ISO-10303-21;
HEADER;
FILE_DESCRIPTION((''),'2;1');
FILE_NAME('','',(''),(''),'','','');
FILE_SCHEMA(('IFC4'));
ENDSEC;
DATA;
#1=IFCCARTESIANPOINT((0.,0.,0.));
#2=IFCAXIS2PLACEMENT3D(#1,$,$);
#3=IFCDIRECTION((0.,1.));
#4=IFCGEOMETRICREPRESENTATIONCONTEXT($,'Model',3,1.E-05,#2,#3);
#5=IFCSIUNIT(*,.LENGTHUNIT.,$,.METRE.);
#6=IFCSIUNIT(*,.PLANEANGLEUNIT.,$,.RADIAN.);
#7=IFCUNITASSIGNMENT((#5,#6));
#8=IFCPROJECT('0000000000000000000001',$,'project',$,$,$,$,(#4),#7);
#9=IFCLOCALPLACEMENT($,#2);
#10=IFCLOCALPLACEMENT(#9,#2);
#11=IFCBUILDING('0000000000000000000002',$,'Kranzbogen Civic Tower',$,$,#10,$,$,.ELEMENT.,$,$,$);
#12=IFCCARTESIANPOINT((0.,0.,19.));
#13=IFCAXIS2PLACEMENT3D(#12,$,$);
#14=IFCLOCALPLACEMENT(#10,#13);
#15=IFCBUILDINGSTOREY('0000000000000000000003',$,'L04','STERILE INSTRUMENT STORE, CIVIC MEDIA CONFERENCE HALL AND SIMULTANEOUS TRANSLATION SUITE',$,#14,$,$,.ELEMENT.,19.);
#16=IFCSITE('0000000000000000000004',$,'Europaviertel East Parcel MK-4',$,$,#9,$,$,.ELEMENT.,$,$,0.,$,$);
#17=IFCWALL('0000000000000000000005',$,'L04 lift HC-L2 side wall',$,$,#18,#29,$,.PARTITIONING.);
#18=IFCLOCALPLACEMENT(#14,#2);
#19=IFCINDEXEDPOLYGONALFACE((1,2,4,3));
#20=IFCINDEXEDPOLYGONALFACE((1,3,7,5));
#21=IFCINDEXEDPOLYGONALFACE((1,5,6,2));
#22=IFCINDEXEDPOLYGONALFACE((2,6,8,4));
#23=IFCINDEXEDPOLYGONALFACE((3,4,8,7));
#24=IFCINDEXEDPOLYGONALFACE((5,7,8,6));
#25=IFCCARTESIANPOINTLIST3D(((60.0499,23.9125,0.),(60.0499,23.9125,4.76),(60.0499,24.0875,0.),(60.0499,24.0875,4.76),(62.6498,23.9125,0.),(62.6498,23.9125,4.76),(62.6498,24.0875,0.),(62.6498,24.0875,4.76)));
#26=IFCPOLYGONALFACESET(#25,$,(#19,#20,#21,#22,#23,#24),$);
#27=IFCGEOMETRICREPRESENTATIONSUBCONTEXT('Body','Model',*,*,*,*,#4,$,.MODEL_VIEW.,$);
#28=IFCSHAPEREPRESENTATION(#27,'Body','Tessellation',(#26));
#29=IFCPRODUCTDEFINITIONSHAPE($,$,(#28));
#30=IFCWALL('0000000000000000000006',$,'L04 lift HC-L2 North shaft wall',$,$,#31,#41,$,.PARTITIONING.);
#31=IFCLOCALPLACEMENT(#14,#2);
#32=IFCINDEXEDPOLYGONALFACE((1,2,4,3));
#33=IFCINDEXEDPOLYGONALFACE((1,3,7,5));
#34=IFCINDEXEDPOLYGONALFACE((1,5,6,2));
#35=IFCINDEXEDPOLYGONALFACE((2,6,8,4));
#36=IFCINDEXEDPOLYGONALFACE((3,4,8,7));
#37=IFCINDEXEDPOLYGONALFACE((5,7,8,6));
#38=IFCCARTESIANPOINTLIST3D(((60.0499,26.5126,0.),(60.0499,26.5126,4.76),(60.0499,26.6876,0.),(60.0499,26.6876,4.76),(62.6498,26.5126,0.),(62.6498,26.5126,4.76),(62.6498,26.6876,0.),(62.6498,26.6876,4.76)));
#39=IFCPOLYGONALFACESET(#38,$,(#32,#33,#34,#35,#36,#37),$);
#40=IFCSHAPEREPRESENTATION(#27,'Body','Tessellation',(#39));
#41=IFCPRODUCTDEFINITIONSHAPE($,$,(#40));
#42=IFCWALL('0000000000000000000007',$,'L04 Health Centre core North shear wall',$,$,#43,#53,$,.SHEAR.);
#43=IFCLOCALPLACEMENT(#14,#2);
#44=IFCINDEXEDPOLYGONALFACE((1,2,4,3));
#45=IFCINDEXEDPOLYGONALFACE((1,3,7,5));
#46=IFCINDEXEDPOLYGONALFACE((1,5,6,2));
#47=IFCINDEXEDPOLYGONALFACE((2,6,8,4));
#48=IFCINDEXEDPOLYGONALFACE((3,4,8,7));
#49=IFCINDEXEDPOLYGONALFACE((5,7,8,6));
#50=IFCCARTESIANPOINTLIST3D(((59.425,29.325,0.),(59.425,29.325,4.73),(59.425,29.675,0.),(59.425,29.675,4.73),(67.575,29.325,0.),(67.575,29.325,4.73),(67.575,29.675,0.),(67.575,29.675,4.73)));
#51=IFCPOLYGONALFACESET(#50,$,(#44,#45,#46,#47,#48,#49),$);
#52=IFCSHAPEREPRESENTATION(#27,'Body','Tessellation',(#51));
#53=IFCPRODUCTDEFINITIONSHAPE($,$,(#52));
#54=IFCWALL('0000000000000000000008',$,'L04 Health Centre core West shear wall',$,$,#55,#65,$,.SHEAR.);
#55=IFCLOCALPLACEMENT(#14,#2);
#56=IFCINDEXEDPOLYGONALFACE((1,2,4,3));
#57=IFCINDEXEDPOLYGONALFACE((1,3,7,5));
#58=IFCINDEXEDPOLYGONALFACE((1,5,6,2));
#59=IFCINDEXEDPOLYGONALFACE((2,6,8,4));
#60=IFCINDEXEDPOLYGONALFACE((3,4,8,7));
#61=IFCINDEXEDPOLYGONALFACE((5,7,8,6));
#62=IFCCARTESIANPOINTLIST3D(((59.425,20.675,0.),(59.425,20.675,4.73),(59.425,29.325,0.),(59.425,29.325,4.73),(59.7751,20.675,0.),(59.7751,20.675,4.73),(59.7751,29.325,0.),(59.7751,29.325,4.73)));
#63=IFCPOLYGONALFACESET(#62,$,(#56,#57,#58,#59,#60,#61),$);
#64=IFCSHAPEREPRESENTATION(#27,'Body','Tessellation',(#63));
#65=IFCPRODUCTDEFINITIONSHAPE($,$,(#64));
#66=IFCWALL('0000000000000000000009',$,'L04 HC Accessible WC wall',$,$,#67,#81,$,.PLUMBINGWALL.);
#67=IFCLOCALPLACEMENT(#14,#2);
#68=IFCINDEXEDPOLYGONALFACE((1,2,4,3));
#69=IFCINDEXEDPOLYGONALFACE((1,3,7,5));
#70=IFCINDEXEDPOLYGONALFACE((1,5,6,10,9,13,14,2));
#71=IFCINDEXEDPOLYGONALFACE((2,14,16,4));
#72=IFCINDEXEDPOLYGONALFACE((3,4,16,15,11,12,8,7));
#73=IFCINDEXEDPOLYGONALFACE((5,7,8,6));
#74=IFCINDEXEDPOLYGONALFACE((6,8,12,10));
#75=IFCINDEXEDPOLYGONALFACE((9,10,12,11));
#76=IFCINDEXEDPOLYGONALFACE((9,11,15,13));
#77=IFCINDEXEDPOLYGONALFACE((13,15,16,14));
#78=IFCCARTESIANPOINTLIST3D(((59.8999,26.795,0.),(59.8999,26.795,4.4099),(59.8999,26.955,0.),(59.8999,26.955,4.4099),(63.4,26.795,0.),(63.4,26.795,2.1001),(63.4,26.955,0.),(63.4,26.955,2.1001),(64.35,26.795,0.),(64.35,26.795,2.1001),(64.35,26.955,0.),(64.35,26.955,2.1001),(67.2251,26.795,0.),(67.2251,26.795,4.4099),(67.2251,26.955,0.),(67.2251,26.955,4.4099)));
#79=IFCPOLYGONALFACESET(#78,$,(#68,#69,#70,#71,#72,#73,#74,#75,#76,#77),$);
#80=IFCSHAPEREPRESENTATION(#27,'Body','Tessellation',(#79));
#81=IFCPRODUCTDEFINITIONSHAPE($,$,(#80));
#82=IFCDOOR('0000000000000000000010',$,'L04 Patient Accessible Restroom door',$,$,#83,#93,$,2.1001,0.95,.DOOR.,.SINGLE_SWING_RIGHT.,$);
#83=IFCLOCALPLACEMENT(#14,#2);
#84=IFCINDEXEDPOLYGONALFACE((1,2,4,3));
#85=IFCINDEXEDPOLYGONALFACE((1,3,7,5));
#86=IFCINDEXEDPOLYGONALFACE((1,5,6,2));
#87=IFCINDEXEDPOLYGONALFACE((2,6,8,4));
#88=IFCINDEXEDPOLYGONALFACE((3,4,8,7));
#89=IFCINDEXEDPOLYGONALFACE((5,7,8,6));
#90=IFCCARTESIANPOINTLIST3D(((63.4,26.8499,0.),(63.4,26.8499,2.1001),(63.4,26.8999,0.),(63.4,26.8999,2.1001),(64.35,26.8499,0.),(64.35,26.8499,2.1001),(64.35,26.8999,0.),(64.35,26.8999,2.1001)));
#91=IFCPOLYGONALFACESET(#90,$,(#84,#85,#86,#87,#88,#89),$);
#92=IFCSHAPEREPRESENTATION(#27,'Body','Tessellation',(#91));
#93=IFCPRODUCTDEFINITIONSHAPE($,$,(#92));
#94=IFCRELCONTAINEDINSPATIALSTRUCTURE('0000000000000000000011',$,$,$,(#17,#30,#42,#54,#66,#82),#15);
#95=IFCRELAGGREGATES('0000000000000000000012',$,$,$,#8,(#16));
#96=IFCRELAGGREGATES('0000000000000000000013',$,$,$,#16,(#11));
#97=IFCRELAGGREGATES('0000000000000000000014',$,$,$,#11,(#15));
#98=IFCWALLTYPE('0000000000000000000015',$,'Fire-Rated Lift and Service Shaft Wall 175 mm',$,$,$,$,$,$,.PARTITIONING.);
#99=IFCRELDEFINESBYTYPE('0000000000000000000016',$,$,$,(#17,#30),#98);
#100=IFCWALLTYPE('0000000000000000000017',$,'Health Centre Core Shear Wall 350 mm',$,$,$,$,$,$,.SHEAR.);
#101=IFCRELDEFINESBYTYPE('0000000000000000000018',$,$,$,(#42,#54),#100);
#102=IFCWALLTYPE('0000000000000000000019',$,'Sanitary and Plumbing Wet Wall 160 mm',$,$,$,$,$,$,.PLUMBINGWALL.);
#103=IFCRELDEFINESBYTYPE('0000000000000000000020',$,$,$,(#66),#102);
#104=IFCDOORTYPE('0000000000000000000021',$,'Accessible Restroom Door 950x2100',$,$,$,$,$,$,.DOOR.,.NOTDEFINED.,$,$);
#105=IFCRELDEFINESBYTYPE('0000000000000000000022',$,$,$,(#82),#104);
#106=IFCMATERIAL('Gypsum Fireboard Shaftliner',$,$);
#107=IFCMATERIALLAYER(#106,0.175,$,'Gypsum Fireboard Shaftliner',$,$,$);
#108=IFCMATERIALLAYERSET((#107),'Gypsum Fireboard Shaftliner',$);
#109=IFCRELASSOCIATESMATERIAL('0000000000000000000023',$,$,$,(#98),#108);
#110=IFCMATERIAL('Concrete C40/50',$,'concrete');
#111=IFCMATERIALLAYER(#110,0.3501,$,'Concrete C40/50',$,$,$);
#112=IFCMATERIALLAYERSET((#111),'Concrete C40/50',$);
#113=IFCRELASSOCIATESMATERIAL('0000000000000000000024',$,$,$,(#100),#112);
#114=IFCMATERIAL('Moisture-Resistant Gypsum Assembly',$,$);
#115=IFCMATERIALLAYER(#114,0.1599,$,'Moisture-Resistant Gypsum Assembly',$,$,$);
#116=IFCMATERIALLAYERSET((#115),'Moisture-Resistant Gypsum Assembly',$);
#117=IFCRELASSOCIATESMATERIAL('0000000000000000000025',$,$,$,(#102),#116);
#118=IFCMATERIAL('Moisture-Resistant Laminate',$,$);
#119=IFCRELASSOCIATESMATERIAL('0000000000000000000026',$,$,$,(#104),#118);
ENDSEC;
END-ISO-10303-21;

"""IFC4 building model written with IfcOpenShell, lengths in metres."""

from ifc_helpers import new_model, si_unit, direction, frame, frame_2d, origin, place, context, subcontext, project, spatial, rectangle, extrude, material, layer, layer_set, type_object, element, fill, save


model = new_model("IFC4")

# Units and contexts
model_context = context("Model", 3, precision=1e-05, world=origin(), true_north=direction((0.0, 1.0)))
body_context = subcontext(model_context, "Body", "Model", "MODEL_VIEW")
ifc_project = project(units=[si_unit("LENGTHUNIT", "METRE"), si_unit("PLANEANGLEUNIT", "RADIAN")], contexts=[model_context])

# Site, building, storey
site_placement = place(None, origin())
site = spatial("IfcSite", under=ifc_project, at=site_placement, Name="Europaviertel East Parcel MK-4", CompositionType="ELEMENT", RefElevation=0.0)
building_placement = place(site_placement, origin())
building = spatial("IfcBuilding", under=site, at=building_placement, Name="Kranzbogen Civic Tower", CompositionType="ELEMENT")
storey_placement = place(building_placement, frame((0.0, 0.0, 19.0)))
storey = spatial("IfcBuildingStorey", under=building, at=storey_placement, Name="L04", Description="STERILE INSTRUMENT STORE, CIVIC MEDIA CONFERENCE HALL AND SIMULTANEOUS TRANSLATION SUITE", CompositionType="ELEMENT", Elevation=19.0)

# Shared definitions
ifc_material_1 = material(Name="Concrete C40/50", Category="concrete")

# Shared definitions
ifc_material_2 = material(Name="Gypsum Fireboard Shaftliner")
ifc_layer_1 = layer(ifc_material_2, 0.175, Name="Gypsum Fireboard Shaftliner")
ifc_layer_set_1 = layer_set([ifc_layer_1], Name="Gypsum Fireboard Shaftliner")
wall_type_1 = type_object("IfcWallType", Name="Fire-Rated Lift and Service Shaft Wall 175 mm", PredefinedType="PARTITIONING", material=ifc_layer_set_1)

# Walls
for number, where, z_axis, x_axis, name in (
    (1, (60.05, 24.0, 0.0), (0.0, 0.0, 1.0), (1.0, 0.0, 0.0), "L04 lift HC-L2 side wall"),
    (2, (60.05, 26.6001, 0.0), (0.0, 0.0, 1.0), (1.0, 0.0, 0.0), "L04 lift HC-L2 North shaft wall"),
):
    element("IfcWall", number, at=place(storey_placement, frame(where, z_axis=z_axis, x_axis=x_axis)), inside=storey, type_object=wall_type_1, Name=name, PredefinedType="PARTITIONING", context=body_context, shape_type="SweptSolid", body=[
        extrude(rectangle(XDim=2.5999, YDim=0.175, at=frame_2d((1.2998, 0.0))), origin(), (0.0, 0.0, 1.0), 4.76),
    ])
ifc_layer_2 = layer(ifc_material_1, 0.3501, Name="Concrete C40/50")
ifc_layer_set_2 = layer_set([ifc_layer_2], Name="Concrete C40/50")
wall_type_2 = type_object("IfcWallType", Name="Health Centre Core Shear Wall 350 mm", PredefinedType="SHEAR", material=ifc_layer_set_2)
wall_1_placement = place(storey_placement, frame((67.575, 29.5, 0.0), z_axis=(0.0, 0.0, 1.0), x_axis=(-1.0, 0.0, 0.0)))
element("IfcWall", 3, at=wall_1_placement, inside=storey, type_object=wall_type_2, Name="L04 Health Centre core North shear wall", PredefinedType="SHEAR", context=body_context, shape_type="SweptSolid", body=[
    extrude(rectangle(XDim=8.1499, YDim=0.3501, at=frame_2d((4.075, 0.0))), origin(), (0.0, 0.0, 1.0), 4.73),
])
wall_2_placement = place(storey_placement, frame((59.6001, 29.325, 0.0), z_axis=(0.0, 0.0, 1.0), x_axis=(0.0, -1.0, 0.0)))
element("IfcWall", 4, at=wall_2_placement, inside=storey, type_object=wall_type_2, Name="L04 Health Centre core West shear wall", PredefinedType="SHEAR", context=body_context, shape_type="SweptSolid", body=[
    extrude(rectangle(XDim=8.6499, YDim=0.3501, at=frame_2d((4.325, 0.0))), origin(), (0.0, 0.0, 1.0), 4.73),
])

# Wall, opening, door
ifc_material_3 = material(Name="Moisture-Resistant Gypsum Assembly")
ifc_layer_3 = layer(ifc_material_3, 0.1599, Name="Moisture-Resistant Gypsum Assembly")
ifc_layer_set_3 = layer_set([ifc_layer_3], Name="Moisture-Resistant Gypsum Assembly")
wall_type_3 = type_object("IfcWallType", Name="Sanitary and Plumbing Wet Wall 160 mm", PredefinedType="PLUMBINGWALL", material=ifc_layer_set_3)
wall_3_placement = place(storey_placement, frame((59.8999, 26.875, 0.0), z_axis=(0.0, 0.0, 1.0), x_axis=(1.0, 0.0, 0.0)))
wall_3 = element("IfcWall", 5, at=wall_3_placement, inside=storey, type_object=wall_type_3, Name="L04 HC Accessible WC wall", PredefinedType="PLUMBINGWALL", context=body_context, shape_type="SweptSolid", body=[
    extrude(rectangle(XDim=7.3252, YDim=0.1599, at=frame_2d((3.6626, 0.0))), origin(), (0.0, 0.0, 1.0), 4.4099),
])
opening_1_placement = place(wall_3_placement, frame((3.5, 0.0, 0.0)))
opening_1 = element("IfcOpeningElement", 6, at=opening_1_placement, cuts=wall_3, PredefinedType="OPENING", context=body_context, shape_type="SweptSolid", body=[
    extrude(rectangle(XDim=0.95, YDim=2.1001, at=frame_2d((0.4751, 1.05))), frame((0.0, 0.0898, 0.0), z_axis=(0.0, -1.0, 0.0), x_axis=(1.0, 0.0, 0.0)), (0.0, 0.0, 1.0), 0.1799),
])
ifc_material_4 = material(Name="Moisture-Resistant Laminate")
door_type_1 = type_object("IfcDoorType", Name="Accessible Restroom Door 950x2100", OperationType="NOTDEFINED", PredefinedType="DOOR", material=ifc_material_4)
door_1_placement = place(opening_1_placement, origin())
door_1 = element("IfcDoor", 7, at=door_1_placement, inside=storey, type_object=door_type_1, Name="L04 Patient Accessible Restroom door", OperationType="SINGLE_SWING_RIGHT", OverallHeight=2.1001, OverallWidth=0.95, PredefinedType="DOOR", context=body_context, shape_type="SweptSolid", body=[
    extrude(rectangle(XDim=0.95, YDim=2.1001, at=frame_2d((0.4751, 1.05))), frame((0.0, 0.0249, 0.0), z_axis=(0.0, -1.0, 0.0), x_axis=(1.0, 0.0, 0.0)), (0.0, 0.0, 1.0), 0.05),
])
fill(opening_1, door_1)

save(model, "model.ifc")
